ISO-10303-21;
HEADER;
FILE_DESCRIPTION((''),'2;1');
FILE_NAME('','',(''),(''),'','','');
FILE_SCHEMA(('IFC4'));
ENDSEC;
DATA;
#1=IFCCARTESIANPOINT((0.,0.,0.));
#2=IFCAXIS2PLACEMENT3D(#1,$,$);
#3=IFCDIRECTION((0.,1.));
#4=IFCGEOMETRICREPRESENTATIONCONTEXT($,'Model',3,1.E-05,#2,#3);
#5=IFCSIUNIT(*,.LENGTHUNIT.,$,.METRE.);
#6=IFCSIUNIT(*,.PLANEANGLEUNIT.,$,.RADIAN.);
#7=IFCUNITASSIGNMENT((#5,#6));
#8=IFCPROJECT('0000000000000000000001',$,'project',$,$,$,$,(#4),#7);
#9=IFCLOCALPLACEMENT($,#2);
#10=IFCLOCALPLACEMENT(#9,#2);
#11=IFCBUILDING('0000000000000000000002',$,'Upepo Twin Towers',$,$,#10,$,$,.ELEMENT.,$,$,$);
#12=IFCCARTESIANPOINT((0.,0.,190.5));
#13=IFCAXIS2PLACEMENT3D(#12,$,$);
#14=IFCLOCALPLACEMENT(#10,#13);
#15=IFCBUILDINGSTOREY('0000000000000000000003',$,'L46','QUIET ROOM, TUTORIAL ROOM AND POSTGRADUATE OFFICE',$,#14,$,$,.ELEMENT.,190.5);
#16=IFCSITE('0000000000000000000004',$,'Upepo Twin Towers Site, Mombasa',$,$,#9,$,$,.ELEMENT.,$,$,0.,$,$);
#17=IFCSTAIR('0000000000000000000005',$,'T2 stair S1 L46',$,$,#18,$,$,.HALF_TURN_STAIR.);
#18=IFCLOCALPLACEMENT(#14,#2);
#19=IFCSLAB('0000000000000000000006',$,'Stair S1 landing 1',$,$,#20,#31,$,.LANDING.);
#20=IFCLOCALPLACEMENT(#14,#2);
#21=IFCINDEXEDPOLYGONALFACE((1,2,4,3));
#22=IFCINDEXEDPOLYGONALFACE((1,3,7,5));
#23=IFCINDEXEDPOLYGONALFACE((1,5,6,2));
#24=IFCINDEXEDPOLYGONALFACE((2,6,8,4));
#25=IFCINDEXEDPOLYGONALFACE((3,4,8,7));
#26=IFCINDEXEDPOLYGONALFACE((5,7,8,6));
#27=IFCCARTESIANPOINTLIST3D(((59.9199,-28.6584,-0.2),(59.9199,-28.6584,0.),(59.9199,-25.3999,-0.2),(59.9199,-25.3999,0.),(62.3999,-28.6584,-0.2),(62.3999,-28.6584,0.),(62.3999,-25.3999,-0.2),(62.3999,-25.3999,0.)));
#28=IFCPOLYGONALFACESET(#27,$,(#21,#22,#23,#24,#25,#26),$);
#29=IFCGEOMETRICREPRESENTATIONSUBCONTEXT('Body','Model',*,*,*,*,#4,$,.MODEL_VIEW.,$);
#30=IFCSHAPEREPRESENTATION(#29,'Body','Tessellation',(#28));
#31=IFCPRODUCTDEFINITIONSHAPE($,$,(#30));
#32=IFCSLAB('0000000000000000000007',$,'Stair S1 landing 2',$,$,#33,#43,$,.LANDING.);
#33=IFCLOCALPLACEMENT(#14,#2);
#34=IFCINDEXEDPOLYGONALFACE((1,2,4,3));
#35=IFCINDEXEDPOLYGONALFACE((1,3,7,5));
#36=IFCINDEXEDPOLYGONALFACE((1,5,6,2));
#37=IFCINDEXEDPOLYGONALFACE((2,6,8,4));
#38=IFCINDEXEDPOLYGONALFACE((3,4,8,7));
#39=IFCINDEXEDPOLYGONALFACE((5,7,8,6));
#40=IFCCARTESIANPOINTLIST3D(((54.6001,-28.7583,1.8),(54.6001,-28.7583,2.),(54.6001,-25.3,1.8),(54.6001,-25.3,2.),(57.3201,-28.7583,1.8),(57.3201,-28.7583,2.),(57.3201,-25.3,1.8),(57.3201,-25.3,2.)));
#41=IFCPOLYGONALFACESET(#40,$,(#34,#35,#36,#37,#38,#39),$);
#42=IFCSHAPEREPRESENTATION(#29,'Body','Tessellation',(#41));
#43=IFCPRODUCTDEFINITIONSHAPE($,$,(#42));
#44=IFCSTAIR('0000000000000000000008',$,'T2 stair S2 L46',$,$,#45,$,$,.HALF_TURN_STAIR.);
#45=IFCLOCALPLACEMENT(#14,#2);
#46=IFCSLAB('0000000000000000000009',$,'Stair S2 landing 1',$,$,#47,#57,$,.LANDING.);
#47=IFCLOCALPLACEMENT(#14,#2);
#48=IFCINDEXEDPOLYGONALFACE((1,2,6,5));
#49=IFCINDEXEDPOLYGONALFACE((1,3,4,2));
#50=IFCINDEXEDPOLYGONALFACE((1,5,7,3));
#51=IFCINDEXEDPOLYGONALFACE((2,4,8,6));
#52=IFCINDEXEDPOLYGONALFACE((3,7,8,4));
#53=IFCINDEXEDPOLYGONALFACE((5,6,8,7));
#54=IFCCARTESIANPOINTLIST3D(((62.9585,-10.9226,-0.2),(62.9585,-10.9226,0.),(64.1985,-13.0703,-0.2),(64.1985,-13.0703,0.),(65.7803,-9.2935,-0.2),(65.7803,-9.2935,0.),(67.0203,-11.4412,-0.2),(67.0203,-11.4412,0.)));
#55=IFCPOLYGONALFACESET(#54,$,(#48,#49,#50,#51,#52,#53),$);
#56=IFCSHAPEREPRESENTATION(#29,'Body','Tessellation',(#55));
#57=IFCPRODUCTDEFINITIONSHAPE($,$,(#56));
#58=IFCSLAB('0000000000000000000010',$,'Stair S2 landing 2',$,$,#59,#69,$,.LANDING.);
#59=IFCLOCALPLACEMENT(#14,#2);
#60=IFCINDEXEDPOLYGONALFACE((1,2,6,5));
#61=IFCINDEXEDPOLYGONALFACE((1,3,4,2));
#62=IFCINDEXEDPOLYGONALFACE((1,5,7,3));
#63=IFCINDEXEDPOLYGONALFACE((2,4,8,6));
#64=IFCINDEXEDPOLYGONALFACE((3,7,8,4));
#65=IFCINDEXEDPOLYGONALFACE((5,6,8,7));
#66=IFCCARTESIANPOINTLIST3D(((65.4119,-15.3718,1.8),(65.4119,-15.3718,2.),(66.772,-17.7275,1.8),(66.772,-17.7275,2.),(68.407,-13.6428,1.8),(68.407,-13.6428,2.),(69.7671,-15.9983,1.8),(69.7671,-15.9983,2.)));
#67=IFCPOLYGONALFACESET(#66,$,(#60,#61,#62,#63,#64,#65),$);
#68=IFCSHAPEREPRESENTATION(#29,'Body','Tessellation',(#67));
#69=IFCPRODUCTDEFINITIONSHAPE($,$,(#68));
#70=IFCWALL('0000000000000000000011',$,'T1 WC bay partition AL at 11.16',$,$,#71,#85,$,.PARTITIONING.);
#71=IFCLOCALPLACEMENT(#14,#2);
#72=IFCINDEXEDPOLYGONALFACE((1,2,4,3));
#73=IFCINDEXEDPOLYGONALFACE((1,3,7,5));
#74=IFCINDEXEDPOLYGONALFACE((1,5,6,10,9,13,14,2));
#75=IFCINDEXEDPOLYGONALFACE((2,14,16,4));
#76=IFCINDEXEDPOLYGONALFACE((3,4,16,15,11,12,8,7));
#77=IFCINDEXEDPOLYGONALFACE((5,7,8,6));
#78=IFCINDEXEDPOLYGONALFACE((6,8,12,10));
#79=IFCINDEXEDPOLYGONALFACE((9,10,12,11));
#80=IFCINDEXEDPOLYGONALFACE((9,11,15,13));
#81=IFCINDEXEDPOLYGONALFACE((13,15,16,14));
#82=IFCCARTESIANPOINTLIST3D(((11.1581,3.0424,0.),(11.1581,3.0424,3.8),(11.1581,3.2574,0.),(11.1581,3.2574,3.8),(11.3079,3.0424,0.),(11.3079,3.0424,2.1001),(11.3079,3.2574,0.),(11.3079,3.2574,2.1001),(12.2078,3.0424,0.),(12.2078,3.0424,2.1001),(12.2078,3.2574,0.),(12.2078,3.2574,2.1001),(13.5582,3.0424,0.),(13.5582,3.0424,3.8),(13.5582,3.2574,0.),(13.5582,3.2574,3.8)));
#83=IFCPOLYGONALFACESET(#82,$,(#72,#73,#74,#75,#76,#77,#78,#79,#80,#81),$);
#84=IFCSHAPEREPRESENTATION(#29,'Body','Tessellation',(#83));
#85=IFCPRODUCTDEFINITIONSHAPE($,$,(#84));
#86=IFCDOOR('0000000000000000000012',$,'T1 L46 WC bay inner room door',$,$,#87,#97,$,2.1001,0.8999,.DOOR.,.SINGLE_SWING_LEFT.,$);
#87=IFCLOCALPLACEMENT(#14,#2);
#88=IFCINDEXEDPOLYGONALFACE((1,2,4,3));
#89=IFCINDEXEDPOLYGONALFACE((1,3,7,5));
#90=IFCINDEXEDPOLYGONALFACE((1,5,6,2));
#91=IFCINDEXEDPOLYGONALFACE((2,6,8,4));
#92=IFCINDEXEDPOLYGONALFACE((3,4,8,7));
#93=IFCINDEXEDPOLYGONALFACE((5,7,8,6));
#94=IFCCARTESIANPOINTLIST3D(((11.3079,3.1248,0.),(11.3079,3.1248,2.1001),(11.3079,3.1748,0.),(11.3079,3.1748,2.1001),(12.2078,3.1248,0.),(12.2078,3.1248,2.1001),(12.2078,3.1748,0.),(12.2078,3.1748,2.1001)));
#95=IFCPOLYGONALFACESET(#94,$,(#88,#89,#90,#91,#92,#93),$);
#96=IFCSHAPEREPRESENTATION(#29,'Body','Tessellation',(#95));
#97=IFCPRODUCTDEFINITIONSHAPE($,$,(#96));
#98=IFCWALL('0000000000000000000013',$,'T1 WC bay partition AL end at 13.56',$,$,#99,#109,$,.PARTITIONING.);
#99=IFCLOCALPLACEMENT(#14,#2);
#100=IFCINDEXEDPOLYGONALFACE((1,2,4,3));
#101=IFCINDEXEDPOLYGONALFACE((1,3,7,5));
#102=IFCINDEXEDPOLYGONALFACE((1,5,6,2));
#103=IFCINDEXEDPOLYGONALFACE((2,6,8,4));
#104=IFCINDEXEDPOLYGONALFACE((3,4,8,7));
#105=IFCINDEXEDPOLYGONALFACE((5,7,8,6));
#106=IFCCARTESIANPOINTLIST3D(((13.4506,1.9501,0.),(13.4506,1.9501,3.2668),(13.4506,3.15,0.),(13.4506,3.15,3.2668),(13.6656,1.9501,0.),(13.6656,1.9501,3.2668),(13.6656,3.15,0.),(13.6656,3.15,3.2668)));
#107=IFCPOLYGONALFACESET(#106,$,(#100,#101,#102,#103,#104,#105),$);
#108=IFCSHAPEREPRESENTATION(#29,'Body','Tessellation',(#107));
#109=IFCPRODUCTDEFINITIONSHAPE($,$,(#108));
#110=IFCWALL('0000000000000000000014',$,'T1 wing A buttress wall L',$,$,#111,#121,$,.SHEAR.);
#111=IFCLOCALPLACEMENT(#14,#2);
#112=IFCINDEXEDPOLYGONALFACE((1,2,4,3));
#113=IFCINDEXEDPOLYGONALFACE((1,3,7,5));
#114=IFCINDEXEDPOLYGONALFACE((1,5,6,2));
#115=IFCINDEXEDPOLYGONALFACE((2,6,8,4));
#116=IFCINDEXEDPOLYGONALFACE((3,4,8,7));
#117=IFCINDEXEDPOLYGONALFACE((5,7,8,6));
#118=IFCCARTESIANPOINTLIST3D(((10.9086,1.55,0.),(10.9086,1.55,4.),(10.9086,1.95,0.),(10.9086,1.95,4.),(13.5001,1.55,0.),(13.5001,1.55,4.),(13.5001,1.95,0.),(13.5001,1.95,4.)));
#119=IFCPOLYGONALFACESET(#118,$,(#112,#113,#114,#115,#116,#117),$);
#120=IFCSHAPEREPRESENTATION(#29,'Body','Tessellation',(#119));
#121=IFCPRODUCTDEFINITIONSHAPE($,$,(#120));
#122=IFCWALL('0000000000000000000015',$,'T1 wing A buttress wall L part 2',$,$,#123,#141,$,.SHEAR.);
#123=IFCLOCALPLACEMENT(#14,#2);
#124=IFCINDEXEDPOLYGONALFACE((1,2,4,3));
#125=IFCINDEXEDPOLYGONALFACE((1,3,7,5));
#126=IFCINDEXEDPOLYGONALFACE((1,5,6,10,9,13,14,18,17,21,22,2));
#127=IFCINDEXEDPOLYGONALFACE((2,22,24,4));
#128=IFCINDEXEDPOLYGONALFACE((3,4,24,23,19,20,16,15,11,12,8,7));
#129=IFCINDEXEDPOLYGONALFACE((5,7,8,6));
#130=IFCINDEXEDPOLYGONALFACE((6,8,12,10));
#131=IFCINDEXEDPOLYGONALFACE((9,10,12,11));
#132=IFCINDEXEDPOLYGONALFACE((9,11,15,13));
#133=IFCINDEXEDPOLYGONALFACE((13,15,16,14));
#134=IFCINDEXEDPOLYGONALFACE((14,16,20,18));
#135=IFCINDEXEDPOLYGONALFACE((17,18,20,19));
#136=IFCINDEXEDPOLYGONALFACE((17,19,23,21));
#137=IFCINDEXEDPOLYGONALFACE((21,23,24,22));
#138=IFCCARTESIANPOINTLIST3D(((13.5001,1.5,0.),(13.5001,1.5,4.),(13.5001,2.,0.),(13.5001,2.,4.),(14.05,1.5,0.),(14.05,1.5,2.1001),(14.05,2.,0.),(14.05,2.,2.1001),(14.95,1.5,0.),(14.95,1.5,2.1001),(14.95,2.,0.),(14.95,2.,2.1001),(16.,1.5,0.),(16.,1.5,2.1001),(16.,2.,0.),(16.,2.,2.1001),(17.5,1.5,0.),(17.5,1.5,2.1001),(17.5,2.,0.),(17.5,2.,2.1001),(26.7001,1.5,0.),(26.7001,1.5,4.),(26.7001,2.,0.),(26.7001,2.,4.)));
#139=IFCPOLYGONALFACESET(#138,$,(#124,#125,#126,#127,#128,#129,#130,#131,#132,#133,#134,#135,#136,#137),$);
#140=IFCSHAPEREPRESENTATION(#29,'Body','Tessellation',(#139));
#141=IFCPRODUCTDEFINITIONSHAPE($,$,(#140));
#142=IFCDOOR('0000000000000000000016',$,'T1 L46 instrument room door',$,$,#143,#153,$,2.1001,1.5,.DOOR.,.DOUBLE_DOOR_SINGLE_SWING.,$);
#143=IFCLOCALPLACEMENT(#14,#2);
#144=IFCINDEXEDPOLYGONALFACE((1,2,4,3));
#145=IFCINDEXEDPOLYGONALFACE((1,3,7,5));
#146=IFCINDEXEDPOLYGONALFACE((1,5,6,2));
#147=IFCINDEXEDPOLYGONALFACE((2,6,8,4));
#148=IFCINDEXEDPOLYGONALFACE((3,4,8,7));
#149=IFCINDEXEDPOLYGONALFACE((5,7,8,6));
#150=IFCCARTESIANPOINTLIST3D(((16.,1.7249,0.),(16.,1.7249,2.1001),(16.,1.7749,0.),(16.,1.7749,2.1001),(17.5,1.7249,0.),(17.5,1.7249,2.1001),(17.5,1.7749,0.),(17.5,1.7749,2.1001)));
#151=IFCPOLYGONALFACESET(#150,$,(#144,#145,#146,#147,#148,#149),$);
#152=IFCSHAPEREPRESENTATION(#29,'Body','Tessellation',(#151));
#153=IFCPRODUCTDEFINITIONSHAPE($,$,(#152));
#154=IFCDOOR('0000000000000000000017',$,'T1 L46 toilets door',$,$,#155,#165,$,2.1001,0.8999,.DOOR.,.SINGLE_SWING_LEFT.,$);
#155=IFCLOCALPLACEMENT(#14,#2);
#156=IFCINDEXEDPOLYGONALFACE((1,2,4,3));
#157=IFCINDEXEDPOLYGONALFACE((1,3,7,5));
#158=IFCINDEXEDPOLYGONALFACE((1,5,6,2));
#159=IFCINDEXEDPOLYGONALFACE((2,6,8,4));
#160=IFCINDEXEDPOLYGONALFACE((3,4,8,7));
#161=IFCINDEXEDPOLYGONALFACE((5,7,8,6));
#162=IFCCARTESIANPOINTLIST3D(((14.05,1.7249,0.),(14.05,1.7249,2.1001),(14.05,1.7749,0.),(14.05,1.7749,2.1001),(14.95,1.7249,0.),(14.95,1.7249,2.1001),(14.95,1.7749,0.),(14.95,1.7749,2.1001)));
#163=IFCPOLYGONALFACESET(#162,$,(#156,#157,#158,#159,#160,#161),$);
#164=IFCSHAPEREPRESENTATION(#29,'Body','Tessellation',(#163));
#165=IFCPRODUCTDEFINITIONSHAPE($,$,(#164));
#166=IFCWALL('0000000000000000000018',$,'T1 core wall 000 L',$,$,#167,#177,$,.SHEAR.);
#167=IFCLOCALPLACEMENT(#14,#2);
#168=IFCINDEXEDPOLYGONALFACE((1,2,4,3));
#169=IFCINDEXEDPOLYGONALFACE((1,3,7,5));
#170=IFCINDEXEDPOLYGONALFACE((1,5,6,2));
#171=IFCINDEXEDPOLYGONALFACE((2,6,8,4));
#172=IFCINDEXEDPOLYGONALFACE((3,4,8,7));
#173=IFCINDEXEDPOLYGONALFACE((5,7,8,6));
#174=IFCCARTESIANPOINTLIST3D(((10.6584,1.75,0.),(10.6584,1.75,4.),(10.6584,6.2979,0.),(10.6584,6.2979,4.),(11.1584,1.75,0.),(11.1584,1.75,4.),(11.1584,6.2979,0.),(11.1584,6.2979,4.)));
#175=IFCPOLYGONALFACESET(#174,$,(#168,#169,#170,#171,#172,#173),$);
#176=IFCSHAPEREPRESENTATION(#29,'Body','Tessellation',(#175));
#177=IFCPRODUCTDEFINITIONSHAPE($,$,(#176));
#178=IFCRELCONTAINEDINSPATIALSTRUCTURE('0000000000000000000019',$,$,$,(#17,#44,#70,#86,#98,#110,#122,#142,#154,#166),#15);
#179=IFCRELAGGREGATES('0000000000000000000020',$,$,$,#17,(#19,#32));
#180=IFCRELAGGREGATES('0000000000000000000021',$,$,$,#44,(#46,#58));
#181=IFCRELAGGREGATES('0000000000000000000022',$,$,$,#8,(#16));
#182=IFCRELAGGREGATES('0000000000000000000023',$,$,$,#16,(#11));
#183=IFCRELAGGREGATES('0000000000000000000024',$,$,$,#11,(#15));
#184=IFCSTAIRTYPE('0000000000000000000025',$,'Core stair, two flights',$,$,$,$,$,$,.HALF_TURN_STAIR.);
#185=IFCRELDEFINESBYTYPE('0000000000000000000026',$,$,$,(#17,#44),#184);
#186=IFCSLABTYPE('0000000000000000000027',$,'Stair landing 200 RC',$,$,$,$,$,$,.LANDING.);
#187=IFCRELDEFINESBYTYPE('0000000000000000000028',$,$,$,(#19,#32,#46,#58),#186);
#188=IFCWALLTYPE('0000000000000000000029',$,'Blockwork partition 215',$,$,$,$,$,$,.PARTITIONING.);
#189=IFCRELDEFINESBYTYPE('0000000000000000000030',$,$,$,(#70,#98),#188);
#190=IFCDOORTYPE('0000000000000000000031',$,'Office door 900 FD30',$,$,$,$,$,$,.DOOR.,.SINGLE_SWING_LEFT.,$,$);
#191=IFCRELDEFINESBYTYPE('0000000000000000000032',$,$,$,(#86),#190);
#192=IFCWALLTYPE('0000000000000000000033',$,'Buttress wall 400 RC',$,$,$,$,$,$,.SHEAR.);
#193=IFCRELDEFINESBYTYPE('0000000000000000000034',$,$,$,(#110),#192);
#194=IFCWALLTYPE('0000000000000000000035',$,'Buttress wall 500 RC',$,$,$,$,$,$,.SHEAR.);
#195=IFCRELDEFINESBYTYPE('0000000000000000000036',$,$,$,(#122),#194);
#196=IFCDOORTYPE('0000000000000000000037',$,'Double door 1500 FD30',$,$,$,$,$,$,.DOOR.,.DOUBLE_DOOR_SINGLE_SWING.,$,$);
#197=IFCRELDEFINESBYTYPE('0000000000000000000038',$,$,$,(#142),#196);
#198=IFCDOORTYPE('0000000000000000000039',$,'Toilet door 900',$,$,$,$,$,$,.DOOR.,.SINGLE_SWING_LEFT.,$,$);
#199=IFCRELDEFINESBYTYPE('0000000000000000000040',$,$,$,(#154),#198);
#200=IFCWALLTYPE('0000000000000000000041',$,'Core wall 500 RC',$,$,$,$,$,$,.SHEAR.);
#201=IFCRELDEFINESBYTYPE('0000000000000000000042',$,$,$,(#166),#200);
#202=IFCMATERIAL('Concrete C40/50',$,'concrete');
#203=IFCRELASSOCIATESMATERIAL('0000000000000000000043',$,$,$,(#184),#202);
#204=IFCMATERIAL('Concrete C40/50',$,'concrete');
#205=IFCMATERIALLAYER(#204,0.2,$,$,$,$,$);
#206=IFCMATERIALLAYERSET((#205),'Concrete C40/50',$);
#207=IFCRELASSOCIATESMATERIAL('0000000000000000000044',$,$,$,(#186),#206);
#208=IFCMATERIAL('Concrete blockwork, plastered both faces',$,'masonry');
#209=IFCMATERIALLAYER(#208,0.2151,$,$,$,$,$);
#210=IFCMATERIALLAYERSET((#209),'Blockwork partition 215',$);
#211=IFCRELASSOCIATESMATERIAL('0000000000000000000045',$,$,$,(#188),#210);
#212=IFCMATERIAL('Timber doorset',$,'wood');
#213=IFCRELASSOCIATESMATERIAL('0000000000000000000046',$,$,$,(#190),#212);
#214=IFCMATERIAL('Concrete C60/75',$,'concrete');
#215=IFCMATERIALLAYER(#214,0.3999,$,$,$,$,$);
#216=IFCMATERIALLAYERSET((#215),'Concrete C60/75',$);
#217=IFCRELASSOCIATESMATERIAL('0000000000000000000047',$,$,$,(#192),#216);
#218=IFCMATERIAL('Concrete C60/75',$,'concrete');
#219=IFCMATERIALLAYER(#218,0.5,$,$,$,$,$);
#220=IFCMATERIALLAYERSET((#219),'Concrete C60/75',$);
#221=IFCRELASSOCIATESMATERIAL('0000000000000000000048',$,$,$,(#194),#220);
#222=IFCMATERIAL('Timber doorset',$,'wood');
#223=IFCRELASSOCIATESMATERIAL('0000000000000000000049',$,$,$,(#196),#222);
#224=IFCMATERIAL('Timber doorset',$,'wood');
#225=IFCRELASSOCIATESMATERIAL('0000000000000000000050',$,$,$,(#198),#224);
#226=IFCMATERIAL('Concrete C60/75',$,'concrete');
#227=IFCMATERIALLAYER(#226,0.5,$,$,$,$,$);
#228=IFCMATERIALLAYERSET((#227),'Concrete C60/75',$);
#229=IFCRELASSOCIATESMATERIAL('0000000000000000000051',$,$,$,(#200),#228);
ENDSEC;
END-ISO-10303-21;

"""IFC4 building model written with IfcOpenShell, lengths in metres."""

from ifc_helpers import new_model, si_unit, direction, frame, frame_2d, origin, place, context, subcontext, project, spatial, polyline, rectangle, outline, extrude, material, layer, layer_set, type_object, element, fill, aggregate, save


model = new_model("IFC4")

# Units and contexts
model_context = context("Model", 3, precision=1e-05, world=origin(), true_north=direction((0.0, 1.0)))
body_context = subcontext(model_context, "Body", "Model", "MODEL_VIEW")
ifc_project = project(units=[si_unit("LENGTHUNIT", "METRE"), si_unit("PLANEANGLEUNIT", "RADIAN")], contexts=[model_context])

# Site, building, storey
site_placement = place(None, origin())
site = spatial("IfcSite", under=ifc_project, at=site_placement, Name="Upepo Twin Towers Site, Mombasa", CompositionType="ELEMENT", RefElevation=0.0)
building_placement = place(site_placement, origin())
building = spatial("IfcBuilding", under=site, at=building_placement, Name="Upepo Twin Towers", CompositionType="ELEMENT")
storey_placement = place(building_placement, frame((0.0, 0.0, 190.5)))
storey = spatial("IfcBuildingStorey", under=building, at=storey_placement, Name="L46", Description="QUIET ROOM, TUTORIAL ROOM AND POSTGRADUATE OFFICE", CompositionType="ELEMENT", Elevation=190.5)

# Shared definitions
ifc_material_1 = material(Name="Concrete C40/50", Category="concrete")
stair_type = type_object("IfcStairType", Name="Core stair, two flights", PredefinedType="HALF_TURN_STAIR", material=ifc_material_1)
ifc_material_2 = material(Name="Concrete C40/50", Category="concrete")
ifc_layer_1 = layer(ifc_material_2, 0.2)
ifc_layer_set_1 = layer_set([ifc_layer_1], Name="Concrete C40/50")
slab_type = type_object("IfcSlabType", Name="Stair landing 200 RC", PredefinedType="LANDING", material=ifc_layer_set_1)

# Stairs, slabs
stair_1_placement = place(storey_placement, origin())
stair_1 = element("IfcStair", 1, at=stair_1_placement, inside=storey, type_object=stair_type, Name="T2 stair S1 L46", PredefinedType="HALF_TURN_STAIR")
slab_1_placement = place(storey_placement, frame((0.0, 0.0, -0.2)))
slab_1 = element("IfcSlab", 2, at=slab_1_placement, type_object=slab_type, Name="Stair S1 landing 1", PredefinedType="LANDING", context=body_context, shape_type="SweptSolid", body=[
    extrude(outline(polyline([(59.9199, -25.3999), (59.9199, -28.6584), (62.3999, -28.6584), (62.3999, -25.3999), (59.9199, -25.3999)])), origin(), (0.0, 0.0, 1.0), 0.2),
])
slab_2_placement = place(storey_placement, frame((0.0, 0.0, 1.8)))
slab_2 = element("IfcSlab", 3, at=slab_2_placement, type_object=slab_type, Name="Stair S1 landing 2", PredefinedType="LANDING", context=body_context, shape_type="SweptSolid", body=[
    extrude(outline(polyline([(54.6001, -25.3), (54.6001, -28.7583), (57.3201, -28.7583), (57.3201, -25.3), (54.6001, -25.3)])), origin(), (0.0, 0.0, 1.0), 0.2),
])
aggregate(stair_1, [slab_1, slab_2])
stair_2_placement = place(storey_placement, origin())
stair_2 = element("IfcStair", 4, at=stair_2_placement, inside=storey, type_object=stair_type, Name="T2 stair S2 L46", PredefinedType="HALF_TURN_STAIR")
slab_3_placement = place(storey_placement, frame((0.0, 0.0, -0.2)))
slab_3 = element("IfcSlab", 5, at=slab_3_placement, type_object=slab_type, Name="Stair S2 landing 1", PredefinedType="LANDING", context=body_context, shape_type="SweptSolid", body=[
    extrude(outline(polyline([(64.1985, -13.0703), (67.0203, -11.4412), (65.7803, -9.2935), (62.9585, -10.9226), (64.1985, -13.0703)])), origin(), (0.0, 0.0, 1.0), 0.2),
])
slab_4_placement = place(storey_placement, frame((0.0, 0.0, 1.8)))
slab_4 = element("IfcSlab", 6, at=slab_4_placement, type_object=slab_type, Name="Stair S2 landing 2", PredefinedType="LANDING", context=body_context, shape_type="SweptSolid", body=[
    extrude(outline(polyline([(66.772, -17.7275), (69.7671, -15.9983), (68.407, -13.6428), (65.4119, -15.3718), (66.772, -17.7275)])), origin(), (0.0, 0.0, 1.0), 0.2),
])
aggregate(stair_2, [slab_3, slab_4])

# Wall, opening, door
ifc_material_3 = material(Name="Concrete blockwork, plastered both faces", Category="masonry")
ifc_layer_2 = layer(ifc_material_3, 0.2151)
ifc_layer_set_2 = layer_set([ifc_layer_2], Name="Blockwork partition 215")
wall_type_1 = type_object("IfcWallType", Name="Blockwork partition 215", PredefinedType="PARTITIONING", material=ifc_layer_set_2)
wall_1_placement = place(storey_placement, frame((11.158, 3.1499, 0.0), z_axis=(0.0, 0.0, 1.0), x_axis=(1.0, 0.0, 0.0)))
wall_1 = element("IfcWall", 7, at=wall_1_placement, inside=storey, type_object=wall_type_1, Name="T1 WC bay partition AL at 11.16", PredefinedType="PARTITIONING", context=body_context, shape_type="SweptSolid", body=[
    extrude(rectangle(XDim=2.4001, YDim=0.2151, at=frame_2d((1.2002, 0.0))), origin(), (0.0, 0.0, 1.0), 3.8),
])
opening_1_placement = place(wall_1_placement, frame((0.1499, 0.0, 0.0)))
opening_1 = element("IfcOpeningElement", 8, at=opening_1_placement, cuts=wall_1, PredefinedType="OPENING", context=body_context, shape_type="SweptSolid", body=[
    extrude(rectangle(XDim=0.8999, YDim=2.1001, at=frame_2d((0.45, 1.05))), frame((0.0, 0.1174, 0.0), z_axis=(0.0, -1.0, 0.0), x_axis=(1.0, 0.0, 0.0)), (0.0, 0.0, 1.0), 0.2351),
])
ifc_material_4 = material(Name="Timber doorset", Category="wood")
door_type_1 = type_object("IfcDoorType", Name="Office door 900 FD30", OperationType="SINGLE_SWING_LEFT", PredefinedType="DOOR", material=ifc_material_4)
door_1_placement = place(opening_1_placement, origin())
door_1 = element("IfcDoor", 9, at=door_1_placement, inside=storey, type_object=door_type_1, Name="T1 L46 WC bay inner room door", OperationType="SINGLE_SWING_LEFT", OverallHeight=2.1001, OverallWidth=0.8999, PredefinedType="DOOR", context=body_context, shape_type="SweptSolid", body=[
    extrude(rectangle(XDim=0.8999, YDim=2.1001, at=frame_2d((0.45, 1.05))), frame((0.0, 0.0249, 0.0), z_axis=(0.0, -1.0, 0.0), x_axis=(1.0, 0.0, 0.0)), (0.0, 0.0, 1.0), 0.05),
])
fill(opening_1, door_1)

# Walls
wall_2_placement = place(storey_placement, frame((13.5581, 1.95, 0.0), z_axis=(0.0, 0.0, 1.0), x_axis=(0.0, 1.0, 0.0)))
element("IfcWall", 10, at=wall_2_placement, inside=storey, type_object=wall_type_1, Name="T1 WC bay partition AL end at 13.56", PredefinedType="PARTITIONING", context=body_context, shape_type="SweptSolid", body=[
    extrude(rectangle(XDim=1.2, YDim=0.2151, at=frame_2d((0.6001, 0.0))), origin(), (0.0, 0.0, 1.0), 3.2668),
])
ifc_material_5 = material(Name="Concrete C60/75", Category="concrete")
ifc_layer_3 = layer(ifc_material_5, 0.3999)
ifc_layer_set_3 = layer_set([ifc_layer_3], Name="Concrete C60/75")
wall_type_2 = type_object("IfcWallType", Name="Buttress wall 400 RC", PredefinedType="SHEAR", material=ifc_layer_set_3)
wall_3_placement = place(storey_placement, frame((10.9084, 1.75, 0.0), z_axis=(0.0, 0.0, 1.0), x_axis=(1.0, 0.0, 0.0)))
element("IfcWall", 11, at=wall_3_placement, inside=storey, type_object=wall_type_2, Name="T1 wing A buttress wall L", PredefinedType="SHEAR", context=body_context, shape_type="SweptSolid", body=[
    extrude(rectangle(XDim=2.5916, YDim=0.3999, at=frame_2d((1.2959, 0.0))), origin(), (0.0, 0.0, 1.0), 4.0),
])

# Wall, openings, doors
ifc_material_6 = material(Name="Concrete C60/75", Category="concrete")
ifc_layer_4 = layer(ifc_material_6, 0.5)
ifc_layer_set_4 = layer_set([ifc_layer_4], Name="Concrete C60/75")
wall_type_3 = type_object("IfcWallType", Name="Buttress wall 500 RC", PredefinedType="SHEAR", material=ifc_layer_set_4)
wall_4_placement = place(storey_placement, frame((13.5, 1.75, 0.0), z_axis=(0.0, 0.0, 1.0), x_axis=(1.0, 0.0, 0.0)))
wall_4 = element("IfcWall", 12, at=wall_4_placement, inside=storey, type_object=wall_type_3, Name="T1 wing A buttress wall L part 2", PredefinedType="SHEAR", context=body_context, shape_type="SweptSolid", body=[
    extrude(rectangle(XDim=13.2, YDim=0.5, at=frame_2d((6.6001, 0.0))), origin(), (0.0, 0.0, 1.0), 4.0),
])
opening_2_placement = place(wall_4_placement, frame((0.55, 0.0, 0.0)))
opening_2 = element("IfcOpeningElement", 13, at=opening_2_placement, cuts=wall_4, PredefinedType="OPENING", context=body_context, shape_type="SweptSolid", body=[
    extrude(rectangle(XDim=0.8999, YDim=2.1001, at=frame_2d((0.45, 1.05))), frame((0.0, 0.26, 0.0), z_axis=(0.0, -1.0, 0.0), x_axis=(1.0, 0.0, 0.0)), (0.0, 0.0, 1.0), 0.52),
])
opening_3_placement = place(wall_4_placement, frame((2.5, 0.0, 0.0)))
opening_3 = element("IfcOpeningElement", 14, at=opening_3_placement, cuts=wall_4, PredefinedType="OPENING", context=body_context, shape_type="SweptSolid", body=[
    extrude(rectangle(XDim=1.5, YDim=2.1001, at=frame_2d((0.75, 1.05))), frame((0.0, 0.26, 0.0), z_axis=(0.0, -1.0, 0.0), x_axis=(1.0, 0.0, 0.0)), (0.0, 0.0, 1.0), 0.52),
])
ifc_material_7 = material(Name="Timber doorset", Category="wood")
door_type_2 = type_object("IfcDoorType", Name="Double door 1500 FD30", OperationType="DOUBLE_DOOR_SINGLE_SWING", PredefinedType="DOOR", material=ifc_material_7)
door_2_placement = place(opening_3_placement, origin())
door_2 = element("IfcDoor", 15, at=door_2_placement, inside=storey, type_object=door_type_2, Name="T1 L46 instrument room door", OperationType="DOUBLE_DOOR_SINGLE_SWING", OverallHeight=2.1001, OverallWidth=1.5, PredefinedType="DOOR", context=body_context, shape_type="SweptSolid", body=[
    extrude(rectangle(XDim=1.5, YDim=2.1001, at=frame_2d((0.75, 1.05))), frame((0.0, 0.0249, 0.0), z_axis=(0.0, -1.0, 0.0), x_axis=(1.0, 0.0, 0.0)), (0.0, 0.0, 1.0), 0.05),
])
fill(opening_3, door_2)
ifc_material_8 = material(Name="Timber doorset", Category="wood")
door_type_3 = type_object("IfcDoorType", Name="Toilet door 900", OperationType="SINGLE_SWING_LEFT", PredefinedType="DOOR", material=ifc_material_8)
door_3_placement = place(opening_2_placement, origin())
door_3 = element("IfcDoor", 16, at=door_3_placement, inside=storey, type_object=door_type_3, Name="T1 L46 toilets door", OperationType="SINGLE_SWING_LEFT", OverallHeight=2.1001, OverallWidth=0.8999, PredefinedType="DOOR", context=body_context, shape_type="SweptSolid", body=[
    extrude(rectangle(XDim=0.8999, YDim=2.1001, at=frame_2d((0.45, 1.05))), frame((0.0, 0.0249, 0.0), z_axis=(0.0, -1.0, 0.0), x_axis=(1.0, 0.0, 0.0)), (0.0, 0.0, 1.0), 0.05),
])
fill(opening_2, door_3)

# Wall
ifc_material_9 = material(Name="Concrete C60/75", Category="concrete")
ifc_layer_5 = layer(ifc_material_9, 0.5)
ifc_layer_set_5 = layer_set([ifc_layer_5], Name="Concrete C60/75")
wall_type_4 = type_object("IfcWallType", Name="Core wall 500 RC", PredefinedType="SHEAR", material=ifc_layer_set_5)
wall_5_placement = place(storey_placement, frame((10.9084, 1.75, 0.0), z_axis=(0.0, 0.0, 1.0), x_axis=(0.0, 1.0, 0.0)))
element("IfcWall", 17, at=wall_5_placement, inside=storey, type_object=wall_type_4, Name="T1 core wall 000 L", PredefinedType="SHEAR", context=body_context, shape_type="SweptSolid", body=[
    extrude(rectangle(XDim=4.5479, YDim=0.5, at=frame_2d((2.2739, 0.0))), origin(), (0.0, 0.0, 1.0), 4.0),
])

save(model, "model.ifc")
